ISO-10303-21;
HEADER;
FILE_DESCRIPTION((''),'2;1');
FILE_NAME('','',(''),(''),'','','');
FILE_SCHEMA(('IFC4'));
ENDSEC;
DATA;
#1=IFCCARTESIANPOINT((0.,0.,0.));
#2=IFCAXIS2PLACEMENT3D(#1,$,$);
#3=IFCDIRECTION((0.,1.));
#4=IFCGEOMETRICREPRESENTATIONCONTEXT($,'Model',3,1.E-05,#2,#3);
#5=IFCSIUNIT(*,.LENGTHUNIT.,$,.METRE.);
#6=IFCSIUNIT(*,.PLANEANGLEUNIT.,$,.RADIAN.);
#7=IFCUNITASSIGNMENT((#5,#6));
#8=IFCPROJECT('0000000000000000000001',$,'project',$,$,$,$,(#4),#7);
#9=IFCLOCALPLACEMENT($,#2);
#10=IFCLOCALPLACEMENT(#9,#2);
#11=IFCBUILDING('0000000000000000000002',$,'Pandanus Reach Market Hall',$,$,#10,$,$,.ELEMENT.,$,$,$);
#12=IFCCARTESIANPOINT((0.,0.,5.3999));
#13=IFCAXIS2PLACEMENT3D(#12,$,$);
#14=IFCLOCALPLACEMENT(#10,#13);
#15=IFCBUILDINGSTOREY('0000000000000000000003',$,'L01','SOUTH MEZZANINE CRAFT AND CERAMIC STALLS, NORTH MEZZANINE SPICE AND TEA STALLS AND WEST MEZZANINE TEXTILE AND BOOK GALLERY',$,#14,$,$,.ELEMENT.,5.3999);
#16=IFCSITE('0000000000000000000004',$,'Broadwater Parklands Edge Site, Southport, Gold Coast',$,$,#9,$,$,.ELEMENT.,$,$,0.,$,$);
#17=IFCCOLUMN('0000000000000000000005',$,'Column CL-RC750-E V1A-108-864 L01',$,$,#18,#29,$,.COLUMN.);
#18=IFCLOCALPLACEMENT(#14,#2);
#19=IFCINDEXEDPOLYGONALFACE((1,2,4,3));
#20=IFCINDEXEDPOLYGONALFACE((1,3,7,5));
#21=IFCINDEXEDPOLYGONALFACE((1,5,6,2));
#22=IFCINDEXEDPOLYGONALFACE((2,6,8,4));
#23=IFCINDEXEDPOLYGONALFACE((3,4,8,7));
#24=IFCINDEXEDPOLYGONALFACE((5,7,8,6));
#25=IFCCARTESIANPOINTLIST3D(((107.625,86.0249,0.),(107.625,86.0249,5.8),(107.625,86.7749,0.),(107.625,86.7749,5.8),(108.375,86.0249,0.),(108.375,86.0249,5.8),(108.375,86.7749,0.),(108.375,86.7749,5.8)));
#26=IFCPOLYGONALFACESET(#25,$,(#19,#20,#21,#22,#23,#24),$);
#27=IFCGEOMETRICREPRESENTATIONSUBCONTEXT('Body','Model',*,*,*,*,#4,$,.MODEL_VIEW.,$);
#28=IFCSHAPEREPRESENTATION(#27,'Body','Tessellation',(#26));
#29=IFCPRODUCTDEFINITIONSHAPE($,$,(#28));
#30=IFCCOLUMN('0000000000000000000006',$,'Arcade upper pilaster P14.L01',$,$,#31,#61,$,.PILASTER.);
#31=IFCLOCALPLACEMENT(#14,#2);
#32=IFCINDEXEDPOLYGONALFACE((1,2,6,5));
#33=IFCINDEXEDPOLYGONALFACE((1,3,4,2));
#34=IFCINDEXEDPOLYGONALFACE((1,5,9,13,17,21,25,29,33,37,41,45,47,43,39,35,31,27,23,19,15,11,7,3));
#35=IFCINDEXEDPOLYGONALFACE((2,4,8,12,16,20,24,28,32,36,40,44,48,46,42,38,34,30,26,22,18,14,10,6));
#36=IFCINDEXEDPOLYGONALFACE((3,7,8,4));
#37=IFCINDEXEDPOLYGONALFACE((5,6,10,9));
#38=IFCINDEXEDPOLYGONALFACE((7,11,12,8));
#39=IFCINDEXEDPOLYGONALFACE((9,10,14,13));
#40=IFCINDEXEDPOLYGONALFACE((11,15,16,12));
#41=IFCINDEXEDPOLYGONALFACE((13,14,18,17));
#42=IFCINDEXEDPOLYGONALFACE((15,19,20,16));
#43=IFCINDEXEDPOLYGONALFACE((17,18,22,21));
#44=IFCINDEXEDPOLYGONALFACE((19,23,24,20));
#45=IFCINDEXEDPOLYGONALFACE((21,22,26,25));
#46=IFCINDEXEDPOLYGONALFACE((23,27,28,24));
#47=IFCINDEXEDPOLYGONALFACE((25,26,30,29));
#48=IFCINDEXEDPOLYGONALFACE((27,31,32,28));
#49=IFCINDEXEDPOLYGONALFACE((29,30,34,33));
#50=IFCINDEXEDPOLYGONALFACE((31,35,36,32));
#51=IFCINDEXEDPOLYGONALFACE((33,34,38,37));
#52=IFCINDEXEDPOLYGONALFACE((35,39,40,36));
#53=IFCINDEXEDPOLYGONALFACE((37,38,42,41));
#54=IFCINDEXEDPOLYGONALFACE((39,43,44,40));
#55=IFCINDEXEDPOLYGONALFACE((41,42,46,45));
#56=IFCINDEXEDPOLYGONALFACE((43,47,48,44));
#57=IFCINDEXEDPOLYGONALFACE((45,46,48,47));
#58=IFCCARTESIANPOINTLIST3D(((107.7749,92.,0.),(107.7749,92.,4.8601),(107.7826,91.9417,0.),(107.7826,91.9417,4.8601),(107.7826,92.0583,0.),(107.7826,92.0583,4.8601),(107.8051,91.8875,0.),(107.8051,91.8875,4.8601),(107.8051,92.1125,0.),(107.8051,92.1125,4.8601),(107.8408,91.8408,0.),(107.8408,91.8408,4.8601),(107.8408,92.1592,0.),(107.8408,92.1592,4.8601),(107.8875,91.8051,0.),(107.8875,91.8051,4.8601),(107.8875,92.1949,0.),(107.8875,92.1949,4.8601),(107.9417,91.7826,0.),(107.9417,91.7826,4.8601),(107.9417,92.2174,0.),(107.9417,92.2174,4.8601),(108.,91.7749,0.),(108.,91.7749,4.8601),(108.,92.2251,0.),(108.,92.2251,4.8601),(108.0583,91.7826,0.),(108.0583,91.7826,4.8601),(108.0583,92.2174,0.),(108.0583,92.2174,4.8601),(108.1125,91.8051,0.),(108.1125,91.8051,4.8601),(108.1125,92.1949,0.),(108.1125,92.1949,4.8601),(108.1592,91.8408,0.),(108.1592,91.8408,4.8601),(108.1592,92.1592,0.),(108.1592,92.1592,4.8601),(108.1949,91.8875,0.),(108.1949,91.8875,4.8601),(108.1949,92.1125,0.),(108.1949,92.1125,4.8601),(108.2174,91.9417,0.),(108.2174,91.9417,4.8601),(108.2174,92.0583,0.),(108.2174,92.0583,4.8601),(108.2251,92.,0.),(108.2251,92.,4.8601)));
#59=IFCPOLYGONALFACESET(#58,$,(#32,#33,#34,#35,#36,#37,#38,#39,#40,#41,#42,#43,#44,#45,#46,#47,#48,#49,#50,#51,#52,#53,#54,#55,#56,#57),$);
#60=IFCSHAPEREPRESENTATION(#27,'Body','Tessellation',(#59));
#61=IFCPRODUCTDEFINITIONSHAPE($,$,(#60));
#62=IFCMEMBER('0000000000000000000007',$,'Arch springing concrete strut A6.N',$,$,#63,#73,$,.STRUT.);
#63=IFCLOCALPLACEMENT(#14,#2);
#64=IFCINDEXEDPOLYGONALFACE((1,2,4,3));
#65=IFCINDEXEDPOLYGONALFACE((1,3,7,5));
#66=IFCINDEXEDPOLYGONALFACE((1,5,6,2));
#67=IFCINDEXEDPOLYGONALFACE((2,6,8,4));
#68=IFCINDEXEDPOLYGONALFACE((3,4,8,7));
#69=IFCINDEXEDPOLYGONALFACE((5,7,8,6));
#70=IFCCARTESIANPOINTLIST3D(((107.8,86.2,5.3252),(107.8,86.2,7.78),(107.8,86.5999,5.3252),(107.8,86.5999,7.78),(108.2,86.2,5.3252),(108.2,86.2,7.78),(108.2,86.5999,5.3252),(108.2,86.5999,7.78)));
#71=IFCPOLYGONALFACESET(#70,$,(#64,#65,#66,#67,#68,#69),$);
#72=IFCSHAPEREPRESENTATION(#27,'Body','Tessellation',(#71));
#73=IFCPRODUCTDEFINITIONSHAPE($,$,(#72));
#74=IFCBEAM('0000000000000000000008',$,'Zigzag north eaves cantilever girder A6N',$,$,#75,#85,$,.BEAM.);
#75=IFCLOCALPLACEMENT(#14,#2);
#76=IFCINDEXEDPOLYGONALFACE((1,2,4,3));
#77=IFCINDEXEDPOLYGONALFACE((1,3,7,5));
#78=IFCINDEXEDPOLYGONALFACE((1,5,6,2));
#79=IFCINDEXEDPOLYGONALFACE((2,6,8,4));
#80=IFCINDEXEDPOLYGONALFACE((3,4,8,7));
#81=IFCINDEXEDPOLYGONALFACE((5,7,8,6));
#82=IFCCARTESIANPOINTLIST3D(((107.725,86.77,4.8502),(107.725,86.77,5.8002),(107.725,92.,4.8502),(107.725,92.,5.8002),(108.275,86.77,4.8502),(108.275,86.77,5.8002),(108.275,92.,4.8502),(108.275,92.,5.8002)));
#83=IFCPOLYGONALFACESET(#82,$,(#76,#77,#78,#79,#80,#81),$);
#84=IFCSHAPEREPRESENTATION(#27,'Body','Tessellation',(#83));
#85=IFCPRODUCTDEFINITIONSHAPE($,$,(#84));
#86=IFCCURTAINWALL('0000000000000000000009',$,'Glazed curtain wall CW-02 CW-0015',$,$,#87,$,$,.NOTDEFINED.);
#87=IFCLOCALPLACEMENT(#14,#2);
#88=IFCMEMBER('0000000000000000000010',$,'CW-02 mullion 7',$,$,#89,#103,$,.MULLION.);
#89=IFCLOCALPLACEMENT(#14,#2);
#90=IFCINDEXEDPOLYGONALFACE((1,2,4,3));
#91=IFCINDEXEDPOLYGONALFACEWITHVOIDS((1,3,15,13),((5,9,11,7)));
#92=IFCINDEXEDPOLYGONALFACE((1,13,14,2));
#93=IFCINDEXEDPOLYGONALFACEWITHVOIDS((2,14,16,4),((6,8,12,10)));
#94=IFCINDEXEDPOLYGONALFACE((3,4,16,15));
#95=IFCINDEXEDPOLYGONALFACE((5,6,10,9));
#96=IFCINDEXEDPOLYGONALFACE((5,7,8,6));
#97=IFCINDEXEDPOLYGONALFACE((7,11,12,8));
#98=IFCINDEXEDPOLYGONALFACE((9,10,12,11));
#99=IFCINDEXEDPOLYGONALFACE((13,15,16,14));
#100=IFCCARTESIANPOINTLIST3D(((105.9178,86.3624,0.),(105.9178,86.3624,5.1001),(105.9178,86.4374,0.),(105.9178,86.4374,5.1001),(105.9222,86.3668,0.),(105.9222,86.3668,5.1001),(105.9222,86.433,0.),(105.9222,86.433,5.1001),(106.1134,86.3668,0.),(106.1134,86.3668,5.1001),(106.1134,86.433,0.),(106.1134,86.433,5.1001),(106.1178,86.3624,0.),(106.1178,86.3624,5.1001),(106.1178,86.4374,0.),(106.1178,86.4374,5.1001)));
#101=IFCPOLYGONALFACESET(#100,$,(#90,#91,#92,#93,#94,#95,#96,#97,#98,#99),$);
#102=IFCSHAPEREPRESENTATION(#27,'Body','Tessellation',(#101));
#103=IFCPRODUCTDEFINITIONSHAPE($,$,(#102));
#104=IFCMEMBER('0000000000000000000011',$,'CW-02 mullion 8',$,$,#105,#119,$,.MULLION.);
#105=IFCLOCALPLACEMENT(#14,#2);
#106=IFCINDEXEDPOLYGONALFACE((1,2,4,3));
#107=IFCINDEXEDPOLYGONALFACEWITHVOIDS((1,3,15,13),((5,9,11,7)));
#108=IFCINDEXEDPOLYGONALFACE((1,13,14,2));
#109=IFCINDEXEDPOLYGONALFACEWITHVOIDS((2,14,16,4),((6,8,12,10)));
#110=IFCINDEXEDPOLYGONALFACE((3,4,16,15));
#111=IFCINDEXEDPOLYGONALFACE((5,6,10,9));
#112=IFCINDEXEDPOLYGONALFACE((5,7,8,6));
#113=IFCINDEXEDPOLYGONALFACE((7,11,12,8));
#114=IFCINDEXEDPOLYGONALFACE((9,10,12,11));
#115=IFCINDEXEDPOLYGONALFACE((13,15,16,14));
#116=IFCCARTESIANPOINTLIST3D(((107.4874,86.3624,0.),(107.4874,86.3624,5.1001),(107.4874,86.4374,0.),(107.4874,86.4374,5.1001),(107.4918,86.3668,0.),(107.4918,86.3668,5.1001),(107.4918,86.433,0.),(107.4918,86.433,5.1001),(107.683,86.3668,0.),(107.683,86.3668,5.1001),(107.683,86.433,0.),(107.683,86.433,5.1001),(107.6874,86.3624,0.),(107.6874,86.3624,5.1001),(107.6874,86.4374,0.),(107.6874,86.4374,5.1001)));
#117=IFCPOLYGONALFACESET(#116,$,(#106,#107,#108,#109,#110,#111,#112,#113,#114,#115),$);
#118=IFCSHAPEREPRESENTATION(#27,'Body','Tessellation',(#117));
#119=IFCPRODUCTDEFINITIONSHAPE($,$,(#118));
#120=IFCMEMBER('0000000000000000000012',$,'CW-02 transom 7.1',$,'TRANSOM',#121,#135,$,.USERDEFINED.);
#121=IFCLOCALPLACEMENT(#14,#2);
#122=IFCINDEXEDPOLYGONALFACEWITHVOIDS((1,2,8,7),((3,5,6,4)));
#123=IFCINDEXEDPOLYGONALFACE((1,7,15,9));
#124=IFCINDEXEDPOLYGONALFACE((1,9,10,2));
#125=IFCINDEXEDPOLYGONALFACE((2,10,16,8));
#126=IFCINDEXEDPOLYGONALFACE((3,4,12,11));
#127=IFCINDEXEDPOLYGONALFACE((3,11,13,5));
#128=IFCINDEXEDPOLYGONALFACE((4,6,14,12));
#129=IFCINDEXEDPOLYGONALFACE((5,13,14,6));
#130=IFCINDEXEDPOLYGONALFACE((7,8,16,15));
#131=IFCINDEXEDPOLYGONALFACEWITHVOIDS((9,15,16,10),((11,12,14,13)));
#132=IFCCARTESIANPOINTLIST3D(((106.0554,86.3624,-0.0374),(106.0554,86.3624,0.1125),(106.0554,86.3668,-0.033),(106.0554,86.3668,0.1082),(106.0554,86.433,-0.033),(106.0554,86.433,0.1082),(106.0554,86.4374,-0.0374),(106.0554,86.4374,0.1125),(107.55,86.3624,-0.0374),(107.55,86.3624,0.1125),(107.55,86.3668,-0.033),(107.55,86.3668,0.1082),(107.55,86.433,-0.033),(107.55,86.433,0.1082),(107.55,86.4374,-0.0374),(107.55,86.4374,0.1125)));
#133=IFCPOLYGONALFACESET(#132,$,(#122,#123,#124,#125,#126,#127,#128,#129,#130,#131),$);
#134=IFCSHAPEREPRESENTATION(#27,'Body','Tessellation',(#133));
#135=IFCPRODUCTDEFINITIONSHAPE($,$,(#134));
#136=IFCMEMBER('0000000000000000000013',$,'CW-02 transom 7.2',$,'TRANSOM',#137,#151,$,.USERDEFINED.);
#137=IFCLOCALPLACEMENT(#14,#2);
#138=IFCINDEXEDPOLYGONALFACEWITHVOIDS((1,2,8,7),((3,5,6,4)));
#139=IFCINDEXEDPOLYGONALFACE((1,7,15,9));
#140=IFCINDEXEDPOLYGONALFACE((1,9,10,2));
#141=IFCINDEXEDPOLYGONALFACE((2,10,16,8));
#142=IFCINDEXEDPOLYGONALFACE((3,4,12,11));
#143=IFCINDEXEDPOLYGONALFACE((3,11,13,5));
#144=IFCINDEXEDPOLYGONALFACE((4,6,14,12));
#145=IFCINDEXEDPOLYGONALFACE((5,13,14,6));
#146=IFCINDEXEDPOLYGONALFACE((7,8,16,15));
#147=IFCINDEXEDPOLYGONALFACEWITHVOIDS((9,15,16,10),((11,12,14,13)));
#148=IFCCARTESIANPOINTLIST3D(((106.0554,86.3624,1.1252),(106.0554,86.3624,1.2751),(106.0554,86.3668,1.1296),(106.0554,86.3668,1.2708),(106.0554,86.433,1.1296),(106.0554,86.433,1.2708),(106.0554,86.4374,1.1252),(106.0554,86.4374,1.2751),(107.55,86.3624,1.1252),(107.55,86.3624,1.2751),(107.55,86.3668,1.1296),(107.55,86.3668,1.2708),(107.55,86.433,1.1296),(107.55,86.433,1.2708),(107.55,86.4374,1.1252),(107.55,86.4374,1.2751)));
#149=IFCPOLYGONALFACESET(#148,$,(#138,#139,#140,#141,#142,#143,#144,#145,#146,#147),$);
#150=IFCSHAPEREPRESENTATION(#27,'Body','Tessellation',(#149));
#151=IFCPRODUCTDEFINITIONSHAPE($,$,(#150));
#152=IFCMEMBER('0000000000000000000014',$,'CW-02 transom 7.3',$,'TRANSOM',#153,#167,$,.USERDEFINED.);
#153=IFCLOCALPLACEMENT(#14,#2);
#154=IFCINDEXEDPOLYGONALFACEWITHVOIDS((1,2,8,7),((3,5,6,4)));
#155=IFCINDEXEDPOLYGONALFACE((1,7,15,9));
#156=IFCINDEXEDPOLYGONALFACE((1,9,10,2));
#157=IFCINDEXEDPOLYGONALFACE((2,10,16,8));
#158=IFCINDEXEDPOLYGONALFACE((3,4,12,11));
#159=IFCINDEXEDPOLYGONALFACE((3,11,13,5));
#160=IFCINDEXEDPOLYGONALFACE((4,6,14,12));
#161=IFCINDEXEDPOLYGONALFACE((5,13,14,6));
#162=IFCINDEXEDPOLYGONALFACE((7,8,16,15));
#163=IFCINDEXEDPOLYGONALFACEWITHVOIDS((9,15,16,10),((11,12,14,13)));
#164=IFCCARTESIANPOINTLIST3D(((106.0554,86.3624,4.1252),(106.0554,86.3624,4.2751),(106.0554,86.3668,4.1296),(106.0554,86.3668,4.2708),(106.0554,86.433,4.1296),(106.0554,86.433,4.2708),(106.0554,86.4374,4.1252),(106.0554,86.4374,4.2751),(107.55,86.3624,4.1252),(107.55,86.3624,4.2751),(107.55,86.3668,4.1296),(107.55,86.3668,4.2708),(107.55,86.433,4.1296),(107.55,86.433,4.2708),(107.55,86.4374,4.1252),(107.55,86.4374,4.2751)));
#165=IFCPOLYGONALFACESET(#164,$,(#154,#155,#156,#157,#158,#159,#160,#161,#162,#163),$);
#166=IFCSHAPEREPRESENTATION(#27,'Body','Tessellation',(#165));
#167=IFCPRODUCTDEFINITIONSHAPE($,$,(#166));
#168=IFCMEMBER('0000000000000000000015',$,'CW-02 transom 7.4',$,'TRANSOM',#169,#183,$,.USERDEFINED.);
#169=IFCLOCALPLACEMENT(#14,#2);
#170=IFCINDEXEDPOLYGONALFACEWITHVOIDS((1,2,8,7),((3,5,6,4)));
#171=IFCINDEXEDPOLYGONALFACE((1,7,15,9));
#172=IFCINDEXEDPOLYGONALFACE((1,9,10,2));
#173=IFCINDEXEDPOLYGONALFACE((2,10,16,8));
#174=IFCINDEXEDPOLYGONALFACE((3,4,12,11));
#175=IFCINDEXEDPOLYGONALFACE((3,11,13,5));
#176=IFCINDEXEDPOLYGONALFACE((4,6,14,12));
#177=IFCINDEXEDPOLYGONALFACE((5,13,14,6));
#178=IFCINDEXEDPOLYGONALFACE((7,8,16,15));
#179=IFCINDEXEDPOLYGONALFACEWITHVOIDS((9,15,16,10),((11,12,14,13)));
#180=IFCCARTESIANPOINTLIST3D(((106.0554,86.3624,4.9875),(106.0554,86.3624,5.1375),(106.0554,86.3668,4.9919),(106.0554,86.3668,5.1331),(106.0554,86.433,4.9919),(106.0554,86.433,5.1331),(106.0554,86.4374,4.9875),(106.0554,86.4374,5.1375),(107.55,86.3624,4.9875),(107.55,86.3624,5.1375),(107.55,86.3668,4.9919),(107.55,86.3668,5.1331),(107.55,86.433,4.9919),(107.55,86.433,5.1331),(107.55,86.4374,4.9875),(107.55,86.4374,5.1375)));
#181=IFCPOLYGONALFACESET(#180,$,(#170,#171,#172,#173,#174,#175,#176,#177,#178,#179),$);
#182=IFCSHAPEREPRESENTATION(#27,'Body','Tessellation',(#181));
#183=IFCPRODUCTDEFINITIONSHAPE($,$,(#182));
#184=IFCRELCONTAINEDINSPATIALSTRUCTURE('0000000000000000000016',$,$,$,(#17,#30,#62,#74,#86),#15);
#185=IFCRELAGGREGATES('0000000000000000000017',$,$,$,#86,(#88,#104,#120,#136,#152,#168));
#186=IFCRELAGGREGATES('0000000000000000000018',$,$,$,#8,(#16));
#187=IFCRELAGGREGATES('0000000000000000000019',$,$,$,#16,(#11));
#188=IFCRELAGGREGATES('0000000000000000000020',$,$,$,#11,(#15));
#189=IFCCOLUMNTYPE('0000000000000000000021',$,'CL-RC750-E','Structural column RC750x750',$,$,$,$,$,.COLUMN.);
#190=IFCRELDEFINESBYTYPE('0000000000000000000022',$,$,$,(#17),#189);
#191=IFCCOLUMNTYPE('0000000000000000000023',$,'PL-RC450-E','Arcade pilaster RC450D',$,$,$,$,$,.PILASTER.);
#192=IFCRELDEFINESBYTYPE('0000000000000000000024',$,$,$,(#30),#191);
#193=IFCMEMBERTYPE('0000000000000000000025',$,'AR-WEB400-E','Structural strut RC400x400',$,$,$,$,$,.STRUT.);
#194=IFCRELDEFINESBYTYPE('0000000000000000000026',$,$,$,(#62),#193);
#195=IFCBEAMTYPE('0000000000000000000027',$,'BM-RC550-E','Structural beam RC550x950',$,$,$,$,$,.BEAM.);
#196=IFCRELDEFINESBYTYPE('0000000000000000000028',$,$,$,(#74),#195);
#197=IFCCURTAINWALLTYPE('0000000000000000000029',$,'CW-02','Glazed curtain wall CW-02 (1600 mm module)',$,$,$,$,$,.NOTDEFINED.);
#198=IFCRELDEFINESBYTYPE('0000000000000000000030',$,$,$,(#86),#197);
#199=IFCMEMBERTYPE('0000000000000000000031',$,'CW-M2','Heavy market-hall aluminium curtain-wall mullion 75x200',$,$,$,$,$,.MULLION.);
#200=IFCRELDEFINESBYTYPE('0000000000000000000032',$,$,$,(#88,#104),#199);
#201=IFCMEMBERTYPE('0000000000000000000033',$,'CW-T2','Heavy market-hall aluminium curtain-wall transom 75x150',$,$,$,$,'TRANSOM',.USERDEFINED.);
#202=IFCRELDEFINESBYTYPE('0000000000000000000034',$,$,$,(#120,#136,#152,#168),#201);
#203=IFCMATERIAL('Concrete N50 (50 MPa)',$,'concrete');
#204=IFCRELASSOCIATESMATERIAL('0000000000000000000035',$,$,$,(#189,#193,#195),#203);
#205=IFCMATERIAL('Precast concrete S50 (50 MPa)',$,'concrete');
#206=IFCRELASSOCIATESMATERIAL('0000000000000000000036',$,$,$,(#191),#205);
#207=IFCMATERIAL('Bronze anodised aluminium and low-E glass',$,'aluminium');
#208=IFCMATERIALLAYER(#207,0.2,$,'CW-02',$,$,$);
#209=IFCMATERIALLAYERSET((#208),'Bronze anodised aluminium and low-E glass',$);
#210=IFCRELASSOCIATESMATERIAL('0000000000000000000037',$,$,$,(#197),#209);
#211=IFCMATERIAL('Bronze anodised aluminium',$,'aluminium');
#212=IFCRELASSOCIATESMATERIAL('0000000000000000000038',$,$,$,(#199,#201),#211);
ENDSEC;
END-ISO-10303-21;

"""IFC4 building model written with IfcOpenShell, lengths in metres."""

from ifc_helpers import new_model, si_unit, direction, frame, origin, origin_2d, place, context, subcontext, project, spatial, rectangle, hollow_rectangle, circle, extrude, material, layer, layer_set, material_profile, profile_set, type_object, element, aggregate, save


model = new_model("IFC4")

# Units and contexts
model_context = context("Model", 3, precision=1e-05, world=origin(), true_north=direction((0.0, 1.0)))
body_context = subcontext(model_context, "Body", "Model", "MODEL_VIEW")
ifc_project = project(units=[si_unit("LENGTHUNIT", "METRE"), si_unit("PLANEANGLEUNIT", "RADIAN")], contexts=[model_context])

# Site, building, storey
site_placement = place(None, origin())
site = spatial("IfcSite", under=ifc_project, at=site_placement, Name="Broadwater Parklands Edge Site, Southport, Gold Coast", CompositionType="ELEMENT", RefElevation=0.0)
building_placement = place(site_placement, origin())
building = spatial("IfcBuilding", under=site, at=building_placement, Name="Pandanus Reach Market Hall", CompositionType="ELEMENT")
storey_placement = place(building_placement, frame((0.0, 0.0, 5.3999)))
storey = spatial("IfcBuildingStorey", under=building, at=storey_placement, Name="L01", Description="SOUTH MEZZANINE CRAFT AND CERAMIC STALLS, NORTH MEZZANINE SPICE AND TEA STALLS AND WEST MEZZANINE TEXTILE AND BOOK GALLERY", CompositionType="ELEMENT", Elevation=5.3999)

# Columns
ifc_material_1 = material(Name="Concrete N50 (50 MPa)", Category="concrete")
ifc_material_profile_1 = material_profile(ifc_material_1, rectangle(XDim=0.75, YDim=0.75, at=origin_2d()), Name="RC750x750", Category="LoadBearing")
ifc_profile_set_1 = profile_set([ifc_material_profile_1], Name="Concrete N50 (50 MPa)")
column_type_1 = type_object("IfcColumnType", Name="CL-RC750-E", Description="Structural column RC750x750", PredefinedType="COLUMN", material=ifc_profile_set_1)
column_1_placement = place(storey_placement, frame((108.0, 86.3999, 0.0), z_axis=(0.0, 0.0, 1.0), x_axis=(1.0, 0.0, 0.0)))
element("IfcColumn", 1, at=column_1_placement, inside=storey, type_object=column_type_1, Name="Column CL-RC750-E V1A-108-864 L01", PredefinedType="COLUMN", context=body_context, shape_type="SweptSolid", body=[
    extrude(rectangle(XDim=0.75, YDim=0.75, at=origin_2d()), origin(), (0.0, 0.0, 1.0), 5.8),
])
ifc_material_2 = material(Name="Precast concrete S50 (50 MPa)", Category="concrete")
ifc_material_profile_2 = material_profile(ifc_material_2, circle(Radius=0.2251, at=origin_2d()), Name="RC450D", Category="LoadBearing")
ifc_profile_set_2 = profile_set([ifc_material_profile_2], Name="Precast concrete S50 (50 MPa)")
column_type_2 = type_object("IfcColumnType", Name="PL-RC450-E", Description="Arcade pilaster RC450D", PredefinedType="PILASTER", material=ifc_profile_set_2)
column_2_placement = place(storey_placement, frame((108.0, 92.0, 0.0), z_axis=(0.0, 0.0, 1.0), x_axis=(1.0, 0.0, 0.0)))
element("IfcColumn", 2, at=column_2_placement, inside=storey, type_object=column_type_2, Name="Arcade upper pilaster P14.L01", PredefinedType="PILASTER", context=body_context, shape_type="SweptSolid", body=[
    extrude(circle(Radius=0.2251, at=origin_2d()), origin(), (0.0, 0.0, 1.0), 4.8601),
])

# Member
ifc_material_profile_3 = material_profile(ifc_material_1, rectangle(XDim=0.3999, YDim=0.3999, at=origin_2d()), Name="RC400x400", Category="LoadBearing")
ifc_profile_set_3 = profile_set([ifc_material_profile_3], Name="Concrete N50 (50 MPa)")
member_type_1 = type_object("IfcMemberType", Name="AR-WEB400-E", Description="Structural strut RC400x400", PredefinedType="STRUT", material=ifc_profile_set_3)
member_1_placement = place(storey_placement, frame((108.0, 86.3999, 5.3252), z_axis=(0.0, 0.0, 1.0), x_axis=(1.0, 0.0, 0.0)))
element("IfcMember", 3, at=member_1_placement, inside=storey, type_object=member_type_1, Name="Arch springing concrete strut A6.N", PredefinedType="STRUT", context=body_context, shape_type="SweptSolid", body=[
    extrude(rectangle(XDim=0.3999, YDim=0.3999, at=origin_2d()), origin(), (0.0, 0.0, 1.0), 2.4548),
])

# Beam
ifc_material_profile_4 = material_profile(ifc_material_1, rectangle(XDim=0.55, YDim=0.95, at=origin_2d()), Name="RC550x950", Category="LoadBearing")
ifc_profile_set_4 = profile_set([ifc_material_profile_4], Name="Concrete N50 (50 MPa)")
beam_type = type_object("IfcBeamType", Name="BM-RC550-E", Description="Structural beam RC550x950", PredefinedType="BEAM", material=ifc_profile_set_4)
beam_placement = place(storey_placement, frame((108.0, 86.77, 5.3252), z_axis=(0.0, 1.0, 0.0), x_axis=(-1.0, 0.0, 0.0)))
element("IfcBeam", 4, at=beam_placement, inside=storey, type_object=beam_type, Name="Zigzag north eaves cantilever girder A6N", PredefinedType="BEAM", context=body_context, shape_type="SweptSolid", body=[
    extrude(rectangle(XDim=0.55, YDim=0.95, at=origin_2d()), origin(), (0.0, 0.0, 1.0), 5.23),
])

# Curtain wall, members
ifc_material_3 = material(Name="Bronze anodised aluminium and low-E glass", Category="aluminium")
ifc_layer_1 = layer(ifc_material_3, 0.2, Name="CW-02")
ifc_layer_set_1 = layer_set([ifc_layer_1], Name="Bronze anodised aluminium and low-E glass")
curtain_wall_type = type_object("IfcCurtainWallType", Name="CW-02", Description="Glazed curtain wall CW-02 (1600 mm module)", PredefinedType="NOTDEFINED", material=ifc_layer_set_1)
curtain_wall_placement = place(storey_placement, origin())
curtain_wall = element("IfcCurtainWall", 5, at=curtain_wall_placement, inside=storey, type_object=curtain_wall_type, Name="Glazed curtain wall CW-02 CW-0015", PredefinedType="NOTDEFINED")
ifc_material_4 = material(Name="Bronze anodised aluminium", Category="aluminium")
ifc_material_profile_5 = material_profile(ifc_material_4, hollow_rectangle(XDim=0.075, YDim=0.2, WallThickness=0.0044, at=origin_2d()), Name="ALU75x200", Category="LoadBearing")
ifc_profile_set_5 = profile_set([ifc_material_profile_5], Name="Bronze anodised aluminium")
member_type_2 = type_object("IfcMemberType", Name="CW-M2", Description="Heavy market-hall aluminium curtain-wall mullion 75x200", PredefinedType="MULLION", material=ifc_profile_set_5)
member_2_placement = place(storey_placement, frame((106.0178, 86.3999, 0.0), z_axis=(0.0, 0.0, 1.0), x_axis=(0.0, 1.0, 0.0)))
member_2 = element("IfcMember", 6, at=member_2_placement, type_object=member_type_2, Name="CW-02 mullion 7", PredefinedType="MULLION", context=body_context, shape_type="SweptSolid", body=[
    extrude(hollow_rectangle(XDim=0.075, YDim=0.2, WallThickness=0.0044, at=origin_2d()), origin(), (0.0, 0.0, 1.0), 5.1001),
])
member_3_placement = place(storey_placement, frame((107.5874, 86.3999, 0.0), z_axis=(0.0, 0.0, 1.0), x_axis=(0.0, 1.0, 0.0)))
member_3 = element("IfcMember", 7, at=member_3_placement, type_object=member_type_2, Name="CW-02 mullion 8", PredefinedType="MULLION", context=body_context, shape_type="SweptSolid", body=[
    extrude(hollow_rectangle(XDim=0.075, YDim=0.2, WallThickness=0.0044, at=origin_2d()), origin(), (0.0, 0.0, 1.0), 5.1001),
])
ifc_material_profile_6 = material_profile(ifc_material_4, hollow_rectangle(XDim=0.075, YDim=0.1499, WallThickness=0.0044, at=origin_2d()), Name="ALU75x150", Category="LoadBearing")
ifc_profile_set_6 = profile_set([ifc_material_profile_6], Name="Bronze anodised aluminium")
member_type_3 = type_object("IfcMemberType", Name="CW-T2", Description="Heavy market-hall aluminium curtain-wall transom 75x150", ElementType="TRANSOM", PredefinedType="USERDEFINED", material=ifc_profile_set_6)
member_4_placement = place(storey_placement, frame((106.0554, 86.3999, 0.0376), z_axis=(1.0, 0.0, 0.0), x_axis=(0.0, 1.0, 0.0)))
member_4 = element("IfcMember", 8, at=member_4_placement, type_object=member_type_3, Name="CW-02 transom 7.1", ObjectType="TRANSOM", PredefinedType="USERDEFINED", context=body_context, shape_type="SweptSolid", body=[
    extrude(hollow_rectangle(XDim=0.075, YDim=0.1499, WallThickness=0.0044, at=origin_2d()), origin(), (0.0, 0.0, 1.0), 1.4946),
])
member_5_placement = place(storey_placement, frame((106.0554, 86.3999, 1.2002), z_axis=(1.0, 0.0, 0.0), x_axis=(0.0, 1.0, 0.0)))
member_5 = element("IfcMember", 9, at=member_5_placement, type_object=member_type_3, Name="CW-02 transom 7.2", ObjectType="TRANSOM", PredefinedType="USERDEFINED", context=body_context, shape_type="SweptSolid", body=[
    extrude(hollow_rectangle(XDim=0.075, YDim=0.1499, WallThickness=0.0044, at=origin_2d()), origin(), (0.0, 0.0, 1.0), 1.4946),
])
member_6_placement = place(storey_placement, frame((106.0554, 86.3999, 4.2002), z_axis=(1.0, 0.0, 0.0), x_axis=(0.0, 1.0, 0.0)))
member_6 = element("IfcMember", 10, at=member_6_placement, type_object=member_type_3, Name="CW-02 transom 7.3", ObjectType="TRANSOM", PredefinedType="USERDEFINED", context=body_context, shape_type="SweptSolid", body=[
    extrude(hollow_rectangle(XDim=0.075, YDim=0.1499, WallThickness=0.0044, at=origin_2d()), origin(), (0.0, 0.0, 1.0), 1.4946),
])
member_7_placement = place(storey_placement, frame((106.0554, 86.3999, 5.0625), z_axis=(1.0, 0.0, 0.0), x_axis=(0.0, 1.0, 0.0)))
member_7 = element("IfcMember", 11, at=member_7_placement, type_object=member_type_3, Name="CW-02 transom 7.4", ObjectType="TRANSOM", PredefinedType="USERDEFINED", context=body_context, shape_type="SweptSolid", body=[
    extrude(hollow_rectangle(XDim=0.075, YDim=0.1499, WallThickness=0.0044, at=origin_2d()), origin(), (0.0, 0.0, 1.0), 1.4946),
])

aggregate(curtain_wall, [member_2, member_3, member_4, member_5, member_6, member_7])

save(model, "model.ifc")
